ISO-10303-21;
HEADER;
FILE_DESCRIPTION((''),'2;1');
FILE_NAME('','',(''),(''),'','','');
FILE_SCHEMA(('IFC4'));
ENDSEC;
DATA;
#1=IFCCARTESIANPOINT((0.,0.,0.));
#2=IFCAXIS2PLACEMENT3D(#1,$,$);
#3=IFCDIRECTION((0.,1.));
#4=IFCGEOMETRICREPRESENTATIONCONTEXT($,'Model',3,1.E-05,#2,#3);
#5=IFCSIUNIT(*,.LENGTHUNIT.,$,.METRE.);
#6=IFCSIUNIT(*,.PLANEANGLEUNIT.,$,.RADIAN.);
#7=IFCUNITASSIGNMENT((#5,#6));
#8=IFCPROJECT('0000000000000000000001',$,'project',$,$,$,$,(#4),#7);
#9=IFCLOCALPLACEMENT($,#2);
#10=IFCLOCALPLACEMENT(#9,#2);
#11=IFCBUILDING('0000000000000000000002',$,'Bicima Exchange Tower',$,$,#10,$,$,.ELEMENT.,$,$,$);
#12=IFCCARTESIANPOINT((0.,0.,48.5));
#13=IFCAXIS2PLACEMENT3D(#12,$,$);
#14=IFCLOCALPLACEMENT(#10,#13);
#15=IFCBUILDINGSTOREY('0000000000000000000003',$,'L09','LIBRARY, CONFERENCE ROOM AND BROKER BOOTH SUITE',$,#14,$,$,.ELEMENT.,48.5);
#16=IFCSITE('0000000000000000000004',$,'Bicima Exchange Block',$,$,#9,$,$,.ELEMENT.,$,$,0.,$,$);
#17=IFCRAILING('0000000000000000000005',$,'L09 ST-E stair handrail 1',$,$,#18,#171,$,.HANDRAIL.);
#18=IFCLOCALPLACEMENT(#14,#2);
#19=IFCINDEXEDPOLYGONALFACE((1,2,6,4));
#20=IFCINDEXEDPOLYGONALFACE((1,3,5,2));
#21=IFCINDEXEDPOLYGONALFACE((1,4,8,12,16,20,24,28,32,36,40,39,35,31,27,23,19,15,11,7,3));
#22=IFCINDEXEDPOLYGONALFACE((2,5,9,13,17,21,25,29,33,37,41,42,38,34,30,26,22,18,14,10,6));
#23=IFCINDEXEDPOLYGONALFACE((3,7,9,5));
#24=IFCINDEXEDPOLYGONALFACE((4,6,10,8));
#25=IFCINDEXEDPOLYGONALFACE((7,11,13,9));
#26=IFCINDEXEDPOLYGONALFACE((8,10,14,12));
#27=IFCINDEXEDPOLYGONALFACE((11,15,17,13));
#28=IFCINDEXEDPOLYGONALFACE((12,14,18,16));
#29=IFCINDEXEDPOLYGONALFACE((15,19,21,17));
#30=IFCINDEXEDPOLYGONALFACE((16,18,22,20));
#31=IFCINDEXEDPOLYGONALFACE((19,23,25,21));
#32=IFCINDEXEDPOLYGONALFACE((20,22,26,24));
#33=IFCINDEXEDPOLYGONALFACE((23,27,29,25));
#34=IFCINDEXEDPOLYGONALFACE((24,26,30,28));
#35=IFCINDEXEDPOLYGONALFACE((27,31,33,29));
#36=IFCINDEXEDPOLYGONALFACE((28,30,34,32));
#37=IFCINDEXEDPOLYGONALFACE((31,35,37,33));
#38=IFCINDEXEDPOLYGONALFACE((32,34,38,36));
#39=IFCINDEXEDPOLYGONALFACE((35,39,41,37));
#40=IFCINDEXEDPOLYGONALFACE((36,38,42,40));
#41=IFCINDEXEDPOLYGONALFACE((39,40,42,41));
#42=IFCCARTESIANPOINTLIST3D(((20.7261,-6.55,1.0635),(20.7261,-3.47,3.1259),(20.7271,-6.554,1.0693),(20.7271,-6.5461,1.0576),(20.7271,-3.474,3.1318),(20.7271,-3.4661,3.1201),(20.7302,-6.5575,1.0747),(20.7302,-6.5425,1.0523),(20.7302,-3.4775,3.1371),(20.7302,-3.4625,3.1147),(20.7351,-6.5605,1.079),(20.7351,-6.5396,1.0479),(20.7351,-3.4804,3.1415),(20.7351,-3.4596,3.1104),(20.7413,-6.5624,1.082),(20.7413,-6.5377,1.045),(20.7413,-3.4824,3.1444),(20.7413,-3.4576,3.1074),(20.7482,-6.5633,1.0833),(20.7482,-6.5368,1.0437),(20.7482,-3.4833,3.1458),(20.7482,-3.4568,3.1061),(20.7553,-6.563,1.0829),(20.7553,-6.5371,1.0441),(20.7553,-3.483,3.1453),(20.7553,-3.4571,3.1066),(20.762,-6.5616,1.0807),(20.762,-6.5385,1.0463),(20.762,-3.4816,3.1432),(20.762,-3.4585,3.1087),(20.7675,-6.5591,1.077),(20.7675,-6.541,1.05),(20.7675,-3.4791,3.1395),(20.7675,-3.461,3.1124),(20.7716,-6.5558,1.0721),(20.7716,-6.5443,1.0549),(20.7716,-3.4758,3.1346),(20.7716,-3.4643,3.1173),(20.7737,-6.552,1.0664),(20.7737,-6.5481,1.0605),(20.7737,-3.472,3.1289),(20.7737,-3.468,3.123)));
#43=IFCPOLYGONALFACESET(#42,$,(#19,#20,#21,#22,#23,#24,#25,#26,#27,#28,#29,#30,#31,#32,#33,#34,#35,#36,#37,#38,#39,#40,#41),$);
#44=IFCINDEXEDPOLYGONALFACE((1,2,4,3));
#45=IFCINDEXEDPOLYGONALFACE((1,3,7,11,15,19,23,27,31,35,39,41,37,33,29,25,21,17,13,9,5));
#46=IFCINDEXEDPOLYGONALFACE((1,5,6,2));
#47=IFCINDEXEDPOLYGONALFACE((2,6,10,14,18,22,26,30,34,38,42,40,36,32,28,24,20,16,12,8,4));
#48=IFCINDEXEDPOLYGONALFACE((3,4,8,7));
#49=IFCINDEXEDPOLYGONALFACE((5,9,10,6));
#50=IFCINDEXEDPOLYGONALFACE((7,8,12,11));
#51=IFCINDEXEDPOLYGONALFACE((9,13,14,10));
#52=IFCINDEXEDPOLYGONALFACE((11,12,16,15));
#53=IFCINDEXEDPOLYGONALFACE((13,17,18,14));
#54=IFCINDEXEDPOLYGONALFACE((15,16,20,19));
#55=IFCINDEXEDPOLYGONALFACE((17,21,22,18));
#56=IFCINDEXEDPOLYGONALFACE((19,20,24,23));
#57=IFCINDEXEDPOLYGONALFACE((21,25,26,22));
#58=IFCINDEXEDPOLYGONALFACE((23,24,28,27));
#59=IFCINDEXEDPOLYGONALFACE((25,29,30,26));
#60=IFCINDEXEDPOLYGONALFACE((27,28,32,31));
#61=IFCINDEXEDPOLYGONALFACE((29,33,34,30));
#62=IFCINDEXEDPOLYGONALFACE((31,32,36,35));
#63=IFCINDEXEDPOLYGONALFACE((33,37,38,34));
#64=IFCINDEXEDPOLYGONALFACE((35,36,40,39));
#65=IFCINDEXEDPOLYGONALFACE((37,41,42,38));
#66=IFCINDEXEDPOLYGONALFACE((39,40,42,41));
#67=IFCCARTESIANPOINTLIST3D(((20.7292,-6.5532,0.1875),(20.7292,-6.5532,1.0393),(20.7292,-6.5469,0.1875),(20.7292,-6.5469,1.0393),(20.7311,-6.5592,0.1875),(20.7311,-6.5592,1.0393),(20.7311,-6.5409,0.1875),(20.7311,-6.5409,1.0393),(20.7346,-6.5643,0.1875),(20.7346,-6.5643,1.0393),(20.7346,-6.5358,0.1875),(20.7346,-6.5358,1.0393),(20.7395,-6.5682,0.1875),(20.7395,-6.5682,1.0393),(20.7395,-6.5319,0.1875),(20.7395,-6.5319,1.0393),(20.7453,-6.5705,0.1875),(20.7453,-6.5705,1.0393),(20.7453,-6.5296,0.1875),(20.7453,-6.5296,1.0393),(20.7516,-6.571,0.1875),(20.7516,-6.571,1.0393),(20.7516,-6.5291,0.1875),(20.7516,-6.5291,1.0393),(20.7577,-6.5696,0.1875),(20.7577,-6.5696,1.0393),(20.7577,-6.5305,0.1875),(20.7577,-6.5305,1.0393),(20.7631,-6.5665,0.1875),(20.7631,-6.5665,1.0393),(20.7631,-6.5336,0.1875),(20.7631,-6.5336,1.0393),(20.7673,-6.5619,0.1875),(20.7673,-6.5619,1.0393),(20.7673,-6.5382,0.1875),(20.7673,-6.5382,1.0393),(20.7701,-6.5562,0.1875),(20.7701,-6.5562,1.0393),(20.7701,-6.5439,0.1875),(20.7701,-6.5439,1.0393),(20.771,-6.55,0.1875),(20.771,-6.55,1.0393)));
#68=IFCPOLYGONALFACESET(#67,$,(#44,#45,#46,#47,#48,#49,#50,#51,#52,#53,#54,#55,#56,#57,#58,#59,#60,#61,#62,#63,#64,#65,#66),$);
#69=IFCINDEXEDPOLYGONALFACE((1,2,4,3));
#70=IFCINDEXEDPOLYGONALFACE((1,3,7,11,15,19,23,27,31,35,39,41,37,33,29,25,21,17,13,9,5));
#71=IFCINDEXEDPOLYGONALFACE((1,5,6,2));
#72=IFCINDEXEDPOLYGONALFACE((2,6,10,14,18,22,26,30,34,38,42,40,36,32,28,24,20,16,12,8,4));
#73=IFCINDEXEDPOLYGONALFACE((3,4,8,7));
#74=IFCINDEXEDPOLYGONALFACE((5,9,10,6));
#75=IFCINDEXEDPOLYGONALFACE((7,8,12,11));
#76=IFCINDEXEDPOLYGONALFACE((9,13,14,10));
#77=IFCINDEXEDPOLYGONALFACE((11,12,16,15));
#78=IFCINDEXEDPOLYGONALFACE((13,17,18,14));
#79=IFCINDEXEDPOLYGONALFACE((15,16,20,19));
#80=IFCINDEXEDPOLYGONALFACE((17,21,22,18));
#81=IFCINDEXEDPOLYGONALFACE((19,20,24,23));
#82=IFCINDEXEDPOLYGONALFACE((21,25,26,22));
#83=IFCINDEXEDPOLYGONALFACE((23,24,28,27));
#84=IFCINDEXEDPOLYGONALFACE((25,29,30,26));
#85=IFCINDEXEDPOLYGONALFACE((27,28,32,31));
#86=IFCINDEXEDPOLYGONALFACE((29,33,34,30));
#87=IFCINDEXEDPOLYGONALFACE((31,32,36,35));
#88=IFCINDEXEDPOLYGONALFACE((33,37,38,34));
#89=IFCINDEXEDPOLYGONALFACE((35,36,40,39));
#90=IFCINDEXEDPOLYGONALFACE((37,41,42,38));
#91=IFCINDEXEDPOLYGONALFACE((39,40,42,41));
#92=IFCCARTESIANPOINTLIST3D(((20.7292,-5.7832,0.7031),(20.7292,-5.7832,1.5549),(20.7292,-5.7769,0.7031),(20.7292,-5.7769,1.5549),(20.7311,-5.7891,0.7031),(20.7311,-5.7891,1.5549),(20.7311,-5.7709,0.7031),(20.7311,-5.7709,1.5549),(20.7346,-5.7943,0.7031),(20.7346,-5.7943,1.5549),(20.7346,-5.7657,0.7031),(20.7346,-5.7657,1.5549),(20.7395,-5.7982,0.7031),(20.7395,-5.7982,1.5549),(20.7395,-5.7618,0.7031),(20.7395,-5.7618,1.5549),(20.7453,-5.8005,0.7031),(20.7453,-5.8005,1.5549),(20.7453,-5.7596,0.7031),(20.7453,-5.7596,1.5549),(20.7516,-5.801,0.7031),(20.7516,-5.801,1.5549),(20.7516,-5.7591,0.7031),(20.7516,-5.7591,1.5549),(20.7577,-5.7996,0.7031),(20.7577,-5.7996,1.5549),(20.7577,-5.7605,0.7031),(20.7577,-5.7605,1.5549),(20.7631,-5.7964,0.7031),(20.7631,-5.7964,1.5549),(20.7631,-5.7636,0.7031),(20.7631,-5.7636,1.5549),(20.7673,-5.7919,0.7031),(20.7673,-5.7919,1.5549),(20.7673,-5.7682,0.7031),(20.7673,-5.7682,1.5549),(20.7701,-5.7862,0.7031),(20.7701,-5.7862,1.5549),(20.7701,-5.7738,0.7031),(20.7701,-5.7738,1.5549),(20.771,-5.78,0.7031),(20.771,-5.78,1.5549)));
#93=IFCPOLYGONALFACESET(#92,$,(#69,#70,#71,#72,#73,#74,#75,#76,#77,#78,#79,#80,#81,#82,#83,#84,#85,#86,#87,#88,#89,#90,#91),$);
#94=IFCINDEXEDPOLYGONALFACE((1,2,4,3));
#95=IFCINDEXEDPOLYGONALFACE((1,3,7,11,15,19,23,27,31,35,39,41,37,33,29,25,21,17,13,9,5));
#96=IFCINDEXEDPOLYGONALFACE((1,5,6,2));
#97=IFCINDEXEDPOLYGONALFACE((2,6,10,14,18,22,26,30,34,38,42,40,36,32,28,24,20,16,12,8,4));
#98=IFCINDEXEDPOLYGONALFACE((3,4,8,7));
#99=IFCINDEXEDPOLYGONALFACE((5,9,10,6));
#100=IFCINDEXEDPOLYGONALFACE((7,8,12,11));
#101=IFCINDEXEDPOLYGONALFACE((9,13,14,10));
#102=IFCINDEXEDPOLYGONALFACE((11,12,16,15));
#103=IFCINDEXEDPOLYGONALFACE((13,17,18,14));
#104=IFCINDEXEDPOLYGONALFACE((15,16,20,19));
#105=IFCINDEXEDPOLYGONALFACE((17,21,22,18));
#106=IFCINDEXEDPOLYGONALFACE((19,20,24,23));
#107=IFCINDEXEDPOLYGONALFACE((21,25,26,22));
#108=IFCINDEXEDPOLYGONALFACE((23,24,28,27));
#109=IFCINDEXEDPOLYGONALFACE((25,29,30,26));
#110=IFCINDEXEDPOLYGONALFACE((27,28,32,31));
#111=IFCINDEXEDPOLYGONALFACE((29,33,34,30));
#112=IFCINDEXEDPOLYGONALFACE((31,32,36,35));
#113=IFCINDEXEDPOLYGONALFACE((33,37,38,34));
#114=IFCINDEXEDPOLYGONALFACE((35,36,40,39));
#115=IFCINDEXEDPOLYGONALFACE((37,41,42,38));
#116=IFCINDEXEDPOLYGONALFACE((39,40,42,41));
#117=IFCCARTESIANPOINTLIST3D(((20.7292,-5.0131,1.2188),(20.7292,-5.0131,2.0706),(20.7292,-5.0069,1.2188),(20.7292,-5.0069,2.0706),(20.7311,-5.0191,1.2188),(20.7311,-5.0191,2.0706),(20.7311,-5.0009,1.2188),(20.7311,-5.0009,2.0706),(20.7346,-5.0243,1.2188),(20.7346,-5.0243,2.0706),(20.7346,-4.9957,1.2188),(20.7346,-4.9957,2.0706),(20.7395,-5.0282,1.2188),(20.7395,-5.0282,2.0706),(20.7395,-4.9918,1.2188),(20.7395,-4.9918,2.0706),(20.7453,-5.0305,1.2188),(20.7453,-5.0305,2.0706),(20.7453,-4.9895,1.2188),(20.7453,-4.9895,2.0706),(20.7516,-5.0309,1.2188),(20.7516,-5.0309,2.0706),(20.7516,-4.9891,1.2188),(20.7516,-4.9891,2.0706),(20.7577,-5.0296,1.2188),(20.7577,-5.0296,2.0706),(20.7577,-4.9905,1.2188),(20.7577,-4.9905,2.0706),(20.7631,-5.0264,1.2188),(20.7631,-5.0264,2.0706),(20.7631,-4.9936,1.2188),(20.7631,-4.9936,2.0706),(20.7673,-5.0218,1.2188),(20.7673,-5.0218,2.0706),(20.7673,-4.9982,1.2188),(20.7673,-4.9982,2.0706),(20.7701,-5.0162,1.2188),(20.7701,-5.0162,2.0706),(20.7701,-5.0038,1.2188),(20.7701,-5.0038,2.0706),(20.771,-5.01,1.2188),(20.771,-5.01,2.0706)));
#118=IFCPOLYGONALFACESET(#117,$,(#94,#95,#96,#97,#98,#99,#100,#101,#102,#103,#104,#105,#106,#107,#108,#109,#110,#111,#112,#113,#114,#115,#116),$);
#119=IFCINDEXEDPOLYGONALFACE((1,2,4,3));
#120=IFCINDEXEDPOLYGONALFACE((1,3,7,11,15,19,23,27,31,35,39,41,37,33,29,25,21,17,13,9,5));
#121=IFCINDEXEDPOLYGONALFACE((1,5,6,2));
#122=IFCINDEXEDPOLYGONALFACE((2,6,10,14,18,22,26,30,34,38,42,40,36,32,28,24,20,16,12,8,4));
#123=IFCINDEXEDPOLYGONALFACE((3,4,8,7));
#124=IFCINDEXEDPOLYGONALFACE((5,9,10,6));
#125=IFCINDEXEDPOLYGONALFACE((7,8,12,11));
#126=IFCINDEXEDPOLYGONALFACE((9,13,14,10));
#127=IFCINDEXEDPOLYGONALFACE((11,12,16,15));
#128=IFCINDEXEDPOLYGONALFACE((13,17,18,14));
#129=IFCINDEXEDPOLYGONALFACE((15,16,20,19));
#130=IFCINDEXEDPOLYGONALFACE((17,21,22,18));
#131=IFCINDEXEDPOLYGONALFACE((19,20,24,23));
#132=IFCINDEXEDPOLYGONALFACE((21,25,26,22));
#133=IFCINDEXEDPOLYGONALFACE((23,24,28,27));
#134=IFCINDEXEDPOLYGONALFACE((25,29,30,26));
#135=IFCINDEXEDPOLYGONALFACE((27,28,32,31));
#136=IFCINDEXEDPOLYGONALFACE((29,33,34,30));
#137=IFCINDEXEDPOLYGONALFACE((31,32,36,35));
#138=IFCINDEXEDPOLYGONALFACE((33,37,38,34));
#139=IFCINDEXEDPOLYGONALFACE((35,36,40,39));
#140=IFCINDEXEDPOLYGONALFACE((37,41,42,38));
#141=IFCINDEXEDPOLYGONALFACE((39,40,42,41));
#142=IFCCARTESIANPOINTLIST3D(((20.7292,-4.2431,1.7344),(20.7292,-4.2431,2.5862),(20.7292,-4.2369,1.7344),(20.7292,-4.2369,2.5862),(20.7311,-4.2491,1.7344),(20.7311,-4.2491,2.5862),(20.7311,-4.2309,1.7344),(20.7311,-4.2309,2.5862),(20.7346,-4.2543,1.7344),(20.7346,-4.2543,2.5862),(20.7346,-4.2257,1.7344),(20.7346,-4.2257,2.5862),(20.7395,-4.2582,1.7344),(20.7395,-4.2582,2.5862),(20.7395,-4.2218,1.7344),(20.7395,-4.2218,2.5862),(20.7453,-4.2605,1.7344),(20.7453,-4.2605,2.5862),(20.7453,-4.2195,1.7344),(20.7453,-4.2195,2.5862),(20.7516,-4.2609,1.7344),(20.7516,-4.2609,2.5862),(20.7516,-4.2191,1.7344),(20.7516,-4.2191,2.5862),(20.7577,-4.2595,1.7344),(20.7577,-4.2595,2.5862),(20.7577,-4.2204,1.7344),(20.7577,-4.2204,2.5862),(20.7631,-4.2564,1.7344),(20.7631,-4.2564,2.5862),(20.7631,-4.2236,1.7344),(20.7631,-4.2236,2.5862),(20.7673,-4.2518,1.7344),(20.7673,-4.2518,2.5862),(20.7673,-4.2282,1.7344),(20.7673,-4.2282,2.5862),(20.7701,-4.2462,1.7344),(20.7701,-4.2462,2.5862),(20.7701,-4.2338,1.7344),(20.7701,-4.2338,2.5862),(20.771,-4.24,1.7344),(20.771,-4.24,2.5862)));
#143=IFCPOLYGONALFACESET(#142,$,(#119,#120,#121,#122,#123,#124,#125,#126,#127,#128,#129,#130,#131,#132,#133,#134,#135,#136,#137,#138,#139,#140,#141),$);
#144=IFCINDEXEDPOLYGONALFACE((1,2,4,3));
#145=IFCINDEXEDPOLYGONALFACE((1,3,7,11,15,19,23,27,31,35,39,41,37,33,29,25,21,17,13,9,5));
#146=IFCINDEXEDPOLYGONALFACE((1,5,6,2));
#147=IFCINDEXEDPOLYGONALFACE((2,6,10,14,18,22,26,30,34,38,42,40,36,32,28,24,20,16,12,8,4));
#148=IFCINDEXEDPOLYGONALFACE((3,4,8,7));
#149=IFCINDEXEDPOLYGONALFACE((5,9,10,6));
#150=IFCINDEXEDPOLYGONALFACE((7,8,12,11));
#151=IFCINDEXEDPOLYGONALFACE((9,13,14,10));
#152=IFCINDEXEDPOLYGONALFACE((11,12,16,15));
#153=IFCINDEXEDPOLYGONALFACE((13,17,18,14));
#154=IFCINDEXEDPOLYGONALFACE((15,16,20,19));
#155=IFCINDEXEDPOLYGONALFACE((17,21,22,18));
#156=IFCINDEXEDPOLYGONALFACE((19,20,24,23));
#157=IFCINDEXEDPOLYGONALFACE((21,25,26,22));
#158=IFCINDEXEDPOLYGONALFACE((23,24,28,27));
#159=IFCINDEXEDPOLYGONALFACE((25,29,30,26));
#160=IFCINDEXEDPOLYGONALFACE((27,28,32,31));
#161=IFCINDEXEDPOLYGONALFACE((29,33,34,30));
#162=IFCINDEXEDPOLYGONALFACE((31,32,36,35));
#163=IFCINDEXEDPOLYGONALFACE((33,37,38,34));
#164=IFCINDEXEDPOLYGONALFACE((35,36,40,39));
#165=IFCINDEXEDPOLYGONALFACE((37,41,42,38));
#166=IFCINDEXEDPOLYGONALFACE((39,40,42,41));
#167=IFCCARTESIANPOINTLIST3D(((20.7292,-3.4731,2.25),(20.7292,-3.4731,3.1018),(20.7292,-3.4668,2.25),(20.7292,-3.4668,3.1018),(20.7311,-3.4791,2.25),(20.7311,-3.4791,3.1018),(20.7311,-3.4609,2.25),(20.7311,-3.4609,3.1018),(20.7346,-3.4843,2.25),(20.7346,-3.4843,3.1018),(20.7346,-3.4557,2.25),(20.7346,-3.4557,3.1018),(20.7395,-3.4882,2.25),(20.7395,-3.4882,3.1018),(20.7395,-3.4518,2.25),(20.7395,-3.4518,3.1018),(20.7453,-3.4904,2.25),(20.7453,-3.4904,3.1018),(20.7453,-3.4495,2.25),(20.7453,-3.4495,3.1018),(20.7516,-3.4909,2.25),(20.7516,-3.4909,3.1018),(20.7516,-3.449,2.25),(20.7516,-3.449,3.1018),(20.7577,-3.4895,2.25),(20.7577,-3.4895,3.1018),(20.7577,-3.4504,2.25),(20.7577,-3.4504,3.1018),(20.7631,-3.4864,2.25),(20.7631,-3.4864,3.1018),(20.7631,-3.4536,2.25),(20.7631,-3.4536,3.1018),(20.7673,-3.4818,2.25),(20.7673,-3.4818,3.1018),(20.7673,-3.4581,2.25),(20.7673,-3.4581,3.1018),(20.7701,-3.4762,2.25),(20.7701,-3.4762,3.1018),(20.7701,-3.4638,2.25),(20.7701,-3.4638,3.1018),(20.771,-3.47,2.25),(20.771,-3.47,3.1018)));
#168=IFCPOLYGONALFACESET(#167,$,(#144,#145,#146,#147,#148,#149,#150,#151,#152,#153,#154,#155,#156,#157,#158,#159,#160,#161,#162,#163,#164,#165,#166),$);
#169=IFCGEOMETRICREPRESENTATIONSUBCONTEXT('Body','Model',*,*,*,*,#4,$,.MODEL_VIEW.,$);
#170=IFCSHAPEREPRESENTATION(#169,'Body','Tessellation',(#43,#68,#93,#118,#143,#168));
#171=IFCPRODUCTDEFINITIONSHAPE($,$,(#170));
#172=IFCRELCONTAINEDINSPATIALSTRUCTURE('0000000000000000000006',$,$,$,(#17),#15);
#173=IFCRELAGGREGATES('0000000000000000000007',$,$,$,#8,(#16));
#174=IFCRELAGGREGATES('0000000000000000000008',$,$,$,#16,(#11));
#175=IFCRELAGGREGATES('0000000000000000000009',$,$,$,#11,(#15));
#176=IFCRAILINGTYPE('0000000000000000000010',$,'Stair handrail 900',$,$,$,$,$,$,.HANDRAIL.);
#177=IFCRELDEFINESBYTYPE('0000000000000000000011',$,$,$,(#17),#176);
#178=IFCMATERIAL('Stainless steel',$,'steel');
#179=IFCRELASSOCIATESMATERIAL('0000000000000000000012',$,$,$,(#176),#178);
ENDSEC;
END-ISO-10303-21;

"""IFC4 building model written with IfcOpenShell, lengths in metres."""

from ifc_helpers import new_model, si_unit, direction, frame, origin, origin_2d, place, context, subcontext, project, spatial, circle, extrude, material, type_object, element, save


model = new_model("IFC4")

# Units and contexts
model_context = context("Model", 3, precision=1e-05, world=origin(), true_north=direction((0.0, 1.0)))
body_context = subcontext(model_context, "Body", "Model", "MODEL_VIEW")
ifc_project = project(units=[si_unit("LENGTHUNIT", "METRE"), si_unit("PLANEANGLEUNIT", "RADIAN")], contexts=[model_context])

# Site, building, storey
site_placement = place(None, origin())
site = spatial("IfcSite", under=ifc_project, at=site_placement, Name="Bicima Exchange Block", CompositionType="ELEMENT", RefElevation=0.0)
building_placement = place(site_placement, origin())
building = spatial("IfcBuilding", under=site, at=building_placement, Name="Bicima Exchange Tower", CompositionType="ELEMENT")
storey_placement = place(building_placement, frame((0.0, 0.0, 48.5)))
storey = spatial("IfcBuildingStorey", under=building, at=storey_placement, Name="L09", Description="LIBRARY, CONFERENCE ROOM AND BROKER BOOTH SUITE", CompositionType="ELEMENT", Elevation=48.5)

# Railing
ifc_material_1 = material(Name="Stainless steel", Category="steel")
railing_type = type_object("IfcRailingType", Name="Stair handrail 900", PredefinedType="HANDRAIL", material=ifc_material_1)
railing_1_placement = place(storey_placement, frame((20.75, -6.55, 0.1875)))
element("IfcRailing", 1, at=railing_1_placement, inside=storey, type_object=railing_type, Name="L09 ST-E stair handrail 1", PredefinedType="HANDRAIL", context=body_context, shape_type="SweptSolid", body=[
    extrude(circle(Radius=0.0239, at=origin_2d()), frame((0.0, 0.0, 0.876), z_axis=(0.0, 0.830914, 0.556401), x_axis=(-1.0, 0.0, 0.0)), (0.0, 0.0, 1.0), 3.7068),
    extrude(circle(Radius=0.021, at=origin_2d()), origin(), (0.0, 0.0, 1.0), 0.8518),
    extrude(circle(Radius=0.021, at=origin_2d()), frame((0.0, 0.77, 0.5156)), (0.0, 0.0, 1.0), 0.8518),
    extrude(circle(Radius=0.021, at=origin_2d()), frame((0.0, 1.54, 1.0312)), (0.0, 0.0, 1.0), 0.8518),
    extrude(circle(Radius=0.021, at=origin_2d()), frame((0.0, 2.3101, 1.5469)), (0.0, 0.0, 1.0), 0.8518),
    extrude(circle(Radius=0.021, at=origin_2d()), frame((0.0, 3.0801, 2.0625)), (0.0, 0.0, 1.0), 0.8518),
])

save(model, "model.ifc")
